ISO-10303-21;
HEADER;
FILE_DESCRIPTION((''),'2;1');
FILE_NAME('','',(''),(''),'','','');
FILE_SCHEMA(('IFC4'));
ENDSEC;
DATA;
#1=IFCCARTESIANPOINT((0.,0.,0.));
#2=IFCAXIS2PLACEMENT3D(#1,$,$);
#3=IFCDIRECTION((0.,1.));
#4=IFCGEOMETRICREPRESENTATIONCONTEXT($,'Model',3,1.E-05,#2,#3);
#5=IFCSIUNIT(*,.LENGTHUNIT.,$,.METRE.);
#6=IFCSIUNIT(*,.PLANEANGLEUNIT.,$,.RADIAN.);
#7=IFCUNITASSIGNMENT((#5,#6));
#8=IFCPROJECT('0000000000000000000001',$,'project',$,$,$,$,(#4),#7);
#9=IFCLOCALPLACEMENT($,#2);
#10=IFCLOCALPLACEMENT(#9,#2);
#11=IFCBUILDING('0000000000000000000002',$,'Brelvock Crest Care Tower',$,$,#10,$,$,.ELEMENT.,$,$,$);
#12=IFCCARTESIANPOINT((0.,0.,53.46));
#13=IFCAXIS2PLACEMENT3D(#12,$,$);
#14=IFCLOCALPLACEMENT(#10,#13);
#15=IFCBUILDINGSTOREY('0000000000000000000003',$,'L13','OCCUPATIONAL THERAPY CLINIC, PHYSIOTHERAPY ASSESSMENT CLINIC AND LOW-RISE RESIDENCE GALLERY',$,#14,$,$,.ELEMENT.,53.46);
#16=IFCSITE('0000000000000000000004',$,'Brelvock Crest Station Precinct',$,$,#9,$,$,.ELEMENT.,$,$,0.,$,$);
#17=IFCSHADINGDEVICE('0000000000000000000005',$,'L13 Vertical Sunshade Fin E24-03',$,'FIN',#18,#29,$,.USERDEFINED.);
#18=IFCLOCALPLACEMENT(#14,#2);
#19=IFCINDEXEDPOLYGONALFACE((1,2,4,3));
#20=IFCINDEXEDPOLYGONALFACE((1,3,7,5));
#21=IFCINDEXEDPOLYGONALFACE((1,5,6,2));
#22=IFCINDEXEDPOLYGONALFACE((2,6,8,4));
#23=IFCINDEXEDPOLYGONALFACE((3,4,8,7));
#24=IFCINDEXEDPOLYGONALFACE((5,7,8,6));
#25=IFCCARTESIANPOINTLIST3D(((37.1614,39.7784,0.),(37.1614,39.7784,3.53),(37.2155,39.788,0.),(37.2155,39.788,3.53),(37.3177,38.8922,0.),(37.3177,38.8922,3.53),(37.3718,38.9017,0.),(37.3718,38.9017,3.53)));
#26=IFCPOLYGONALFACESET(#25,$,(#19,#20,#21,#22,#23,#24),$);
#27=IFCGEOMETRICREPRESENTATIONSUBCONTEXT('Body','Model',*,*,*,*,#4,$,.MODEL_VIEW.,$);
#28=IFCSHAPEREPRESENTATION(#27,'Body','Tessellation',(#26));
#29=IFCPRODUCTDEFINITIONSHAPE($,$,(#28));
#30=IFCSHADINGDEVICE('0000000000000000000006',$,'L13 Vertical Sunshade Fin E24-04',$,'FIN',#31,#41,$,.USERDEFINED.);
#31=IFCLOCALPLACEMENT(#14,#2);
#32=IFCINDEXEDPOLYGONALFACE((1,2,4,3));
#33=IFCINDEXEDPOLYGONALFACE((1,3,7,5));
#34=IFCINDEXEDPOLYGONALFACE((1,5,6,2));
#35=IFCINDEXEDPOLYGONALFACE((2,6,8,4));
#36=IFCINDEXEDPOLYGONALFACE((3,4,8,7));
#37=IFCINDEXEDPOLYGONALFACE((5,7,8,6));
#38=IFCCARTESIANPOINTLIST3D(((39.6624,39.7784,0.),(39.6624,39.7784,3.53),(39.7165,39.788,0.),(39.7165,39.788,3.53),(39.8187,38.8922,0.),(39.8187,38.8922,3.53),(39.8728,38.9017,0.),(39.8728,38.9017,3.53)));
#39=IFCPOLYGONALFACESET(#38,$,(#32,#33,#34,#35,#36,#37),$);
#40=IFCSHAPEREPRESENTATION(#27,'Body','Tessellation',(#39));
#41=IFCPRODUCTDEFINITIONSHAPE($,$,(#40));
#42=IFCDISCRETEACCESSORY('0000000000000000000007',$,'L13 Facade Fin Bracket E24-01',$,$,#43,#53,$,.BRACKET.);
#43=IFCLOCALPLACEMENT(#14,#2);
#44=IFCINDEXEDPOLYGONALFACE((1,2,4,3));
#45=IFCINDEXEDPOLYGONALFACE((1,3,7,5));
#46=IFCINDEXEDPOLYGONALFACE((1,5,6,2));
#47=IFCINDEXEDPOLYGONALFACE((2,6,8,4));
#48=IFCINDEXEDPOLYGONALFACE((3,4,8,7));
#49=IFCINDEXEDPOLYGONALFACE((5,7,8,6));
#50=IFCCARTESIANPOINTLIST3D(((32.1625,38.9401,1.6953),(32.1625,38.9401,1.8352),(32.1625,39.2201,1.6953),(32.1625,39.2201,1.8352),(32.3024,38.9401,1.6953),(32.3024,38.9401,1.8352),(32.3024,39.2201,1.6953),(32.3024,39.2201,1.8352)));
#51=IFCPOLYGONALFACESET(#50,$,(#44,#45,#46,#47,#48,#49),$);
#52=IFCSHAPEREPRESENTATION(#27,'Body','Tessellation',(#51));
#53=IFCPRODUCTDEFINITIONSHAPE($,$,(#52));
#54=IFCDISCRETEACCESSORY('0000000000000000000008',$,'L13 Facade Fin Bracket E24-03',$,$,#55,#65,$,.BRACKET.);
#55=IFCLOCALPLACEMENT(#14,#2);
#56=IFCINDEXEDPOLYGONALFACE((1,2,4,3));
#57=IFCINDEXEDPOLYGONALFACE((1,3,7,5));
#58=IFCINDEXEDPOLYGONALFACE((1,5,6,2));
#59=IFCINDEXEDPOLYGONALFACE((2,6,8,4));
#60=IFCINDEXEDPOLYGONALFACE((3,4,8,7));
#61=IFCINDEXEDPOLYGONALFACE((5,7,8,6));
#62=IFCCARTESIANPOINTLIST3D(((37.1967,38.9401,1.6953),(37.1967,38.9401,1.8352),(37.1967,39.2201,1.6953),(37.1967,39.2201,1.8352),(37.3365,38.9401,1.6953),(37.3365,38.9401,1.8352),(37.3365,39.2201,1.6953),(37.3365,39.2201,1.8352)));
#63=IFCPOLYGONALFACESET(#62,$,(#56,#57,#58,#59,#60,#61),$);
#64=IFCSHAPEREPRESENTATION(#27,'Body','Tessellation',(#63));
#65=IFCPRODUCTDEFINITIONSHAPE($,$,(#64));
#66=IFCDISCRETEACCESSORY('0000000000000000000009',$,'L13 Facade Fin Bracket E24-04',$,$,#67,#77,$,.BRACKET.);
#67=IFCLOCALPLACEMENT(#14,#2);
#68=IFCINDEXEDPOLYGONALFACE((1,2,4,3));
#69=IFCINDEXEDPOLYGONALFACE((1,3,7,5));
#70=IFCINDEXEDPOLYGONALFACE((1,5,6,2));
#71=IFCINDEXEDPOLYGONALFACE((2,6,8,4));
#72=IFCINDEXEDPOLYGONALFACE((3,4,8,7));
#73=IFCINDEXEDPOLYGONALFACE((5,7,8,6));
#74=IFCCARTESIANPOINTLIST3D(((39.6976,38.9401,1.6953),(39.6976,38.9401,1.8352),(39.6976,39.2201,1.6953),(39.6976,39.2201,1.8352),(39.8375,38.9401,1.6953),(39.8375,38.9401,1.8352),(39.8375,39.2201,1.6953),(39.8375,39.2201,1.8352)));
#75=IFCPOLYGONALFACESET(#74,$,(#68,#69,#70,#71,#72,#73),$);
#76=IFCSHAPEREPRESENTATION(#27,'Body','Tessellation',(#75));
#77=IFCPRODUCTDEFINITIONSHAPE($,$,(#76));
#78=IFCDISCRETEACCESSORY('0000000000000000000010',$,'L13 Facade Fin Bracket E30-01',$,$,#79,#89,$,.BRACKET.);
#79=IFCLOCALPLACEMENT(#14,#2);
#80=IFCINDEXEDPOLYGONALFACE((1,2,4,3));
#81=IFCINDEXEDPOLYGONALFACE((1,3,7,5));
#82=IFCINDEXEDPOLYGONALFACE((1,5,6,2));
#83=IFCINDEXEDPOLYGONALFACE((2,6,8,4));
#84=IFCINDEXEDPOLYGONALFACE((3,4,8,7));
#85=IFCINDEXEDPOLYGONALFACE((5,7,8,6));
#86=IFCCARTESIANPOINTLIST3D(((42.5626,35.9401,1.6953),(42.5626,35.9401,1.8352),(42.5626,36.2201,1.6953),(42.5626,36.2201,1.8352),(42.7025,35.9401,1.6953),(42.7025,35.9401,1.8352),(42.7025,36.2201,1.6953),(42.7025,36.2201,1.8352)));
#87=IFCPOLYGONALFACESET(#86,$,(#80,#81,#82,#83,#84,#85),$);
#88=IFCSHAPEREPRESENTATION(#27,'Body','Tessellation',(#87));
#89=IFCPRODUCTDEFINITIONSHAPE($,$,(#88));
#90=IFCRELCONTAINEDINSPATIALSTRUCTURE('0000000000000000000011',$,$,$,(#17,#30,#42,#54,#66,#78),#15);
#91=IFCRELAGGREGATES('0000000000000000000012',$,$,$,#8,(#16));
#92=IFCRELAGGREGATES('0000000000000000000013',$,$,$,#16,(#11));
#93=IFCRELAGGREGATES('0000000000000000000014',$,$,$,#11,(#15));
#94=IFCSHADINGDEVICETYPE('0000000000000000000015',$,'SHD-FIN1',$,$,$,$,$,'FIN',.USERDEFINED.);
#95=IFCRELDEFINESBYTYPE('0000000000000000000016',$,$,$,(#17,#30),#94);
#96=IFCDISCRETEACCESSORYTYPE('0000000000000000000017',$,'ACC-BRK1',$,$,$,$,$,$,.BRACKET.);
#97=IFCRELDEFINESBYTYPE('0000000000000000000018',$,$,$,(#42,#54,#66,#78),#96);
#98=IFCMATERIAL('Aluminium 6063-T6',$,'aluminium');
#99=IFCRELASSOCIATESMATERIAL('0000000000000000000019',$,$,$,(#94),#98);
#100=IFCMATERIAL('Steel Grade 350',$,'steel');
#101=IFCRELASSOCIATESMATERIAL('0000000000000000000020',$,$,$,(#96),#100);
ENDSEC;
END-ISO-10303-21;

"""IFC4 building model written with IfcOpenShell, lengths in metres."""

from ifc_helpers import new_model, si_unit, direction, frame, origin, origin_2d, place, context, subcontext, project, spatial, rectangle, extrude, source, transform, mapped, material, material_profile, profile_set, type_object, element, save


model = new_model("IFC4")

# Units and contexts
model_context = context("Model", 3, precision=1e-05, world=origin(), true_north=direction((0.0, 1.0)))
body_context = subcontext(model_context, "Body", "Model", "MODEL_VIEW")
ifc_project = project(units=[si_unit("LENGTHUNIT", "METRE"), si_unit("PLANEANGLEUNIT", "RADIAN")], contexts=[model_context])

# Site, building, storey
site_placement = place(None, origin())
site = spatial("IfcSite", under=ifc_project, at=site_placement, Name="Brelvock Crest Station Precinct", CompositionType="ELEMENT", RefElevation=0.0)
building_placement = place(site_placement, origin())
building = spatial("IfcBuilding", under=site, at=building_placement, Name="Brelvock Crest Care Tower", CompositionType="ELEMENT")
storey_placement = place(building_placement, frame((0.0, 0.0, 53.46)))
storey = spatial("IfcBuildingStorey", under=building, at=storey_placement, Name="L13", Description="OCCUPATIONAL THERAPY CLINIC, PHYSIOTHERAPY ASSESSMENT CLINIC AND LOW-RISE RESIDENCE GALLERY", CompositionType="ELEMENT", Elevation=53.46)

# Shared definitions
ifc_material_1 = material(Name="Steel Grade 350", Category="steel")

# Shared definitions
ifc_material_2 = material(Name="Aluminium 6063-T6", Category="aluminium")

# Shading devices
ifc_material_profile_1 = material_profile(ifc_material_2, rectangle(XDim=0.0549, YDim=0.8999, at=origin_2d()), Name="FIN55x900")
ifc_profile_set_1 = profile_set([ifc_material_profile_1], Name="Aluminium 6063-T6")
shading_device_type = type_object("IfcShadingDeviceType", Name="SHD-FIN1", ElementType="FIN", PredefinedType="USERDEFINED", material=ifc_profile_set_1)
shared_shape_1 = source(origin(), body_context, "Body", "SweptSolid", [
    extrude(rectangle(XDim=0.0549, YDim=0.8999, at=origin_2d()), origin(), (0.0, 0.0, 1.0), 3.53),
])
for number, where, z_axis, x_axis, name in (
    (1, (37.2666, 39.3401, 0.0), (0.0, 0.0, 1.0), (0.984808, 0.173648, 0.0), "L13 Vertical Sunshade Fin E24-03"),
    (2, (39.7676, 39.3401, 0.0), (0.0, 0.0, 1.0), (0.984808, 0.173648, 0.0), "L13 Vertical Sunshade Fin E24-04"),
):
    element("IfcShadingDevice", number, at=place(storey_placement, frame(where, z_axis=z_axis, x_axis=x_axis)), inside=storey, type_object=shading_device_type, Name=name, ObjectType="FIN", PredefinedType="USERDEFINED", context=body_context, shape_type="MappedRepresentation", body=[
        mapped(shared_shape_1, transform((0.0, 0.0, 0.0), x_axis=(1.0, 0.0, 0.0), y_axis=(0.0, 1.0, 0.0), z_axis=(0.0, 0.0, 1.0), scale=1.0)),
    ])

# Discrete accessories
discrete_accessory_type = type_object("IfcDiscreteAccessoryType", Name="ACC-BRK1", PredefinedType="BRACKET", material=ifc_material_1)
shared_shape_2 = source(origin(), body_context, "Body", "SweptSolid", [
    extrude(rectangle(XDim=0.28, YDim=0.1399, at=origin_2d()), origin(), (0.0, 0.0, 1.0), 0.1399),
])
for number, where, z_axis, x_axis, name in (
    (3, (32.2324, 39.0801, 1.6953), (0.0, 0.0, 1.0), (0.0, 1.0, 0.0), "L13 Facade Fin Bracket E24-01"),
    (4, (37.2666, 39.0801, 1.6953), (0.0, 0.0, 1.0), (0.0, 1.0, 0.0), "L13 Facade Fin Bracket E24-03"),
    (5, (39.7676, 39.0801, 1.6953), (0.0, 0.0, 1.0), (0.0, 1.0, 0.0), "L13 Facade Fin Bracket E24-04"),
    (6, (42.6326, 36.0801, 1.6953), (0.0, 0.0, 1.0), (0.0, 1.0, 0.0), "L13 Facade Fin Bracket E30-01"),
):
    element("IfcDiscreteAccessory", number, at=place(storey_placement, frame(where, z_axis=z_axis, x_axis=x_axis)), inside=storey, type_object=discrete_accessory_type, Name=name, PredefinedType="BRACKET", context=body_context, shape_type="MappedRepresentation", body=[
        mapped(shared_shape_2, transform((0.0, 0.0, 0.0), x_axis=(1.0, 0.0, 0.0), y_axis=(0.0, 1.0, 0.0), z_axis=(0.0, 0.0, 1.0), scale=1.0)),
    ])

save(model, "model.ifc")
